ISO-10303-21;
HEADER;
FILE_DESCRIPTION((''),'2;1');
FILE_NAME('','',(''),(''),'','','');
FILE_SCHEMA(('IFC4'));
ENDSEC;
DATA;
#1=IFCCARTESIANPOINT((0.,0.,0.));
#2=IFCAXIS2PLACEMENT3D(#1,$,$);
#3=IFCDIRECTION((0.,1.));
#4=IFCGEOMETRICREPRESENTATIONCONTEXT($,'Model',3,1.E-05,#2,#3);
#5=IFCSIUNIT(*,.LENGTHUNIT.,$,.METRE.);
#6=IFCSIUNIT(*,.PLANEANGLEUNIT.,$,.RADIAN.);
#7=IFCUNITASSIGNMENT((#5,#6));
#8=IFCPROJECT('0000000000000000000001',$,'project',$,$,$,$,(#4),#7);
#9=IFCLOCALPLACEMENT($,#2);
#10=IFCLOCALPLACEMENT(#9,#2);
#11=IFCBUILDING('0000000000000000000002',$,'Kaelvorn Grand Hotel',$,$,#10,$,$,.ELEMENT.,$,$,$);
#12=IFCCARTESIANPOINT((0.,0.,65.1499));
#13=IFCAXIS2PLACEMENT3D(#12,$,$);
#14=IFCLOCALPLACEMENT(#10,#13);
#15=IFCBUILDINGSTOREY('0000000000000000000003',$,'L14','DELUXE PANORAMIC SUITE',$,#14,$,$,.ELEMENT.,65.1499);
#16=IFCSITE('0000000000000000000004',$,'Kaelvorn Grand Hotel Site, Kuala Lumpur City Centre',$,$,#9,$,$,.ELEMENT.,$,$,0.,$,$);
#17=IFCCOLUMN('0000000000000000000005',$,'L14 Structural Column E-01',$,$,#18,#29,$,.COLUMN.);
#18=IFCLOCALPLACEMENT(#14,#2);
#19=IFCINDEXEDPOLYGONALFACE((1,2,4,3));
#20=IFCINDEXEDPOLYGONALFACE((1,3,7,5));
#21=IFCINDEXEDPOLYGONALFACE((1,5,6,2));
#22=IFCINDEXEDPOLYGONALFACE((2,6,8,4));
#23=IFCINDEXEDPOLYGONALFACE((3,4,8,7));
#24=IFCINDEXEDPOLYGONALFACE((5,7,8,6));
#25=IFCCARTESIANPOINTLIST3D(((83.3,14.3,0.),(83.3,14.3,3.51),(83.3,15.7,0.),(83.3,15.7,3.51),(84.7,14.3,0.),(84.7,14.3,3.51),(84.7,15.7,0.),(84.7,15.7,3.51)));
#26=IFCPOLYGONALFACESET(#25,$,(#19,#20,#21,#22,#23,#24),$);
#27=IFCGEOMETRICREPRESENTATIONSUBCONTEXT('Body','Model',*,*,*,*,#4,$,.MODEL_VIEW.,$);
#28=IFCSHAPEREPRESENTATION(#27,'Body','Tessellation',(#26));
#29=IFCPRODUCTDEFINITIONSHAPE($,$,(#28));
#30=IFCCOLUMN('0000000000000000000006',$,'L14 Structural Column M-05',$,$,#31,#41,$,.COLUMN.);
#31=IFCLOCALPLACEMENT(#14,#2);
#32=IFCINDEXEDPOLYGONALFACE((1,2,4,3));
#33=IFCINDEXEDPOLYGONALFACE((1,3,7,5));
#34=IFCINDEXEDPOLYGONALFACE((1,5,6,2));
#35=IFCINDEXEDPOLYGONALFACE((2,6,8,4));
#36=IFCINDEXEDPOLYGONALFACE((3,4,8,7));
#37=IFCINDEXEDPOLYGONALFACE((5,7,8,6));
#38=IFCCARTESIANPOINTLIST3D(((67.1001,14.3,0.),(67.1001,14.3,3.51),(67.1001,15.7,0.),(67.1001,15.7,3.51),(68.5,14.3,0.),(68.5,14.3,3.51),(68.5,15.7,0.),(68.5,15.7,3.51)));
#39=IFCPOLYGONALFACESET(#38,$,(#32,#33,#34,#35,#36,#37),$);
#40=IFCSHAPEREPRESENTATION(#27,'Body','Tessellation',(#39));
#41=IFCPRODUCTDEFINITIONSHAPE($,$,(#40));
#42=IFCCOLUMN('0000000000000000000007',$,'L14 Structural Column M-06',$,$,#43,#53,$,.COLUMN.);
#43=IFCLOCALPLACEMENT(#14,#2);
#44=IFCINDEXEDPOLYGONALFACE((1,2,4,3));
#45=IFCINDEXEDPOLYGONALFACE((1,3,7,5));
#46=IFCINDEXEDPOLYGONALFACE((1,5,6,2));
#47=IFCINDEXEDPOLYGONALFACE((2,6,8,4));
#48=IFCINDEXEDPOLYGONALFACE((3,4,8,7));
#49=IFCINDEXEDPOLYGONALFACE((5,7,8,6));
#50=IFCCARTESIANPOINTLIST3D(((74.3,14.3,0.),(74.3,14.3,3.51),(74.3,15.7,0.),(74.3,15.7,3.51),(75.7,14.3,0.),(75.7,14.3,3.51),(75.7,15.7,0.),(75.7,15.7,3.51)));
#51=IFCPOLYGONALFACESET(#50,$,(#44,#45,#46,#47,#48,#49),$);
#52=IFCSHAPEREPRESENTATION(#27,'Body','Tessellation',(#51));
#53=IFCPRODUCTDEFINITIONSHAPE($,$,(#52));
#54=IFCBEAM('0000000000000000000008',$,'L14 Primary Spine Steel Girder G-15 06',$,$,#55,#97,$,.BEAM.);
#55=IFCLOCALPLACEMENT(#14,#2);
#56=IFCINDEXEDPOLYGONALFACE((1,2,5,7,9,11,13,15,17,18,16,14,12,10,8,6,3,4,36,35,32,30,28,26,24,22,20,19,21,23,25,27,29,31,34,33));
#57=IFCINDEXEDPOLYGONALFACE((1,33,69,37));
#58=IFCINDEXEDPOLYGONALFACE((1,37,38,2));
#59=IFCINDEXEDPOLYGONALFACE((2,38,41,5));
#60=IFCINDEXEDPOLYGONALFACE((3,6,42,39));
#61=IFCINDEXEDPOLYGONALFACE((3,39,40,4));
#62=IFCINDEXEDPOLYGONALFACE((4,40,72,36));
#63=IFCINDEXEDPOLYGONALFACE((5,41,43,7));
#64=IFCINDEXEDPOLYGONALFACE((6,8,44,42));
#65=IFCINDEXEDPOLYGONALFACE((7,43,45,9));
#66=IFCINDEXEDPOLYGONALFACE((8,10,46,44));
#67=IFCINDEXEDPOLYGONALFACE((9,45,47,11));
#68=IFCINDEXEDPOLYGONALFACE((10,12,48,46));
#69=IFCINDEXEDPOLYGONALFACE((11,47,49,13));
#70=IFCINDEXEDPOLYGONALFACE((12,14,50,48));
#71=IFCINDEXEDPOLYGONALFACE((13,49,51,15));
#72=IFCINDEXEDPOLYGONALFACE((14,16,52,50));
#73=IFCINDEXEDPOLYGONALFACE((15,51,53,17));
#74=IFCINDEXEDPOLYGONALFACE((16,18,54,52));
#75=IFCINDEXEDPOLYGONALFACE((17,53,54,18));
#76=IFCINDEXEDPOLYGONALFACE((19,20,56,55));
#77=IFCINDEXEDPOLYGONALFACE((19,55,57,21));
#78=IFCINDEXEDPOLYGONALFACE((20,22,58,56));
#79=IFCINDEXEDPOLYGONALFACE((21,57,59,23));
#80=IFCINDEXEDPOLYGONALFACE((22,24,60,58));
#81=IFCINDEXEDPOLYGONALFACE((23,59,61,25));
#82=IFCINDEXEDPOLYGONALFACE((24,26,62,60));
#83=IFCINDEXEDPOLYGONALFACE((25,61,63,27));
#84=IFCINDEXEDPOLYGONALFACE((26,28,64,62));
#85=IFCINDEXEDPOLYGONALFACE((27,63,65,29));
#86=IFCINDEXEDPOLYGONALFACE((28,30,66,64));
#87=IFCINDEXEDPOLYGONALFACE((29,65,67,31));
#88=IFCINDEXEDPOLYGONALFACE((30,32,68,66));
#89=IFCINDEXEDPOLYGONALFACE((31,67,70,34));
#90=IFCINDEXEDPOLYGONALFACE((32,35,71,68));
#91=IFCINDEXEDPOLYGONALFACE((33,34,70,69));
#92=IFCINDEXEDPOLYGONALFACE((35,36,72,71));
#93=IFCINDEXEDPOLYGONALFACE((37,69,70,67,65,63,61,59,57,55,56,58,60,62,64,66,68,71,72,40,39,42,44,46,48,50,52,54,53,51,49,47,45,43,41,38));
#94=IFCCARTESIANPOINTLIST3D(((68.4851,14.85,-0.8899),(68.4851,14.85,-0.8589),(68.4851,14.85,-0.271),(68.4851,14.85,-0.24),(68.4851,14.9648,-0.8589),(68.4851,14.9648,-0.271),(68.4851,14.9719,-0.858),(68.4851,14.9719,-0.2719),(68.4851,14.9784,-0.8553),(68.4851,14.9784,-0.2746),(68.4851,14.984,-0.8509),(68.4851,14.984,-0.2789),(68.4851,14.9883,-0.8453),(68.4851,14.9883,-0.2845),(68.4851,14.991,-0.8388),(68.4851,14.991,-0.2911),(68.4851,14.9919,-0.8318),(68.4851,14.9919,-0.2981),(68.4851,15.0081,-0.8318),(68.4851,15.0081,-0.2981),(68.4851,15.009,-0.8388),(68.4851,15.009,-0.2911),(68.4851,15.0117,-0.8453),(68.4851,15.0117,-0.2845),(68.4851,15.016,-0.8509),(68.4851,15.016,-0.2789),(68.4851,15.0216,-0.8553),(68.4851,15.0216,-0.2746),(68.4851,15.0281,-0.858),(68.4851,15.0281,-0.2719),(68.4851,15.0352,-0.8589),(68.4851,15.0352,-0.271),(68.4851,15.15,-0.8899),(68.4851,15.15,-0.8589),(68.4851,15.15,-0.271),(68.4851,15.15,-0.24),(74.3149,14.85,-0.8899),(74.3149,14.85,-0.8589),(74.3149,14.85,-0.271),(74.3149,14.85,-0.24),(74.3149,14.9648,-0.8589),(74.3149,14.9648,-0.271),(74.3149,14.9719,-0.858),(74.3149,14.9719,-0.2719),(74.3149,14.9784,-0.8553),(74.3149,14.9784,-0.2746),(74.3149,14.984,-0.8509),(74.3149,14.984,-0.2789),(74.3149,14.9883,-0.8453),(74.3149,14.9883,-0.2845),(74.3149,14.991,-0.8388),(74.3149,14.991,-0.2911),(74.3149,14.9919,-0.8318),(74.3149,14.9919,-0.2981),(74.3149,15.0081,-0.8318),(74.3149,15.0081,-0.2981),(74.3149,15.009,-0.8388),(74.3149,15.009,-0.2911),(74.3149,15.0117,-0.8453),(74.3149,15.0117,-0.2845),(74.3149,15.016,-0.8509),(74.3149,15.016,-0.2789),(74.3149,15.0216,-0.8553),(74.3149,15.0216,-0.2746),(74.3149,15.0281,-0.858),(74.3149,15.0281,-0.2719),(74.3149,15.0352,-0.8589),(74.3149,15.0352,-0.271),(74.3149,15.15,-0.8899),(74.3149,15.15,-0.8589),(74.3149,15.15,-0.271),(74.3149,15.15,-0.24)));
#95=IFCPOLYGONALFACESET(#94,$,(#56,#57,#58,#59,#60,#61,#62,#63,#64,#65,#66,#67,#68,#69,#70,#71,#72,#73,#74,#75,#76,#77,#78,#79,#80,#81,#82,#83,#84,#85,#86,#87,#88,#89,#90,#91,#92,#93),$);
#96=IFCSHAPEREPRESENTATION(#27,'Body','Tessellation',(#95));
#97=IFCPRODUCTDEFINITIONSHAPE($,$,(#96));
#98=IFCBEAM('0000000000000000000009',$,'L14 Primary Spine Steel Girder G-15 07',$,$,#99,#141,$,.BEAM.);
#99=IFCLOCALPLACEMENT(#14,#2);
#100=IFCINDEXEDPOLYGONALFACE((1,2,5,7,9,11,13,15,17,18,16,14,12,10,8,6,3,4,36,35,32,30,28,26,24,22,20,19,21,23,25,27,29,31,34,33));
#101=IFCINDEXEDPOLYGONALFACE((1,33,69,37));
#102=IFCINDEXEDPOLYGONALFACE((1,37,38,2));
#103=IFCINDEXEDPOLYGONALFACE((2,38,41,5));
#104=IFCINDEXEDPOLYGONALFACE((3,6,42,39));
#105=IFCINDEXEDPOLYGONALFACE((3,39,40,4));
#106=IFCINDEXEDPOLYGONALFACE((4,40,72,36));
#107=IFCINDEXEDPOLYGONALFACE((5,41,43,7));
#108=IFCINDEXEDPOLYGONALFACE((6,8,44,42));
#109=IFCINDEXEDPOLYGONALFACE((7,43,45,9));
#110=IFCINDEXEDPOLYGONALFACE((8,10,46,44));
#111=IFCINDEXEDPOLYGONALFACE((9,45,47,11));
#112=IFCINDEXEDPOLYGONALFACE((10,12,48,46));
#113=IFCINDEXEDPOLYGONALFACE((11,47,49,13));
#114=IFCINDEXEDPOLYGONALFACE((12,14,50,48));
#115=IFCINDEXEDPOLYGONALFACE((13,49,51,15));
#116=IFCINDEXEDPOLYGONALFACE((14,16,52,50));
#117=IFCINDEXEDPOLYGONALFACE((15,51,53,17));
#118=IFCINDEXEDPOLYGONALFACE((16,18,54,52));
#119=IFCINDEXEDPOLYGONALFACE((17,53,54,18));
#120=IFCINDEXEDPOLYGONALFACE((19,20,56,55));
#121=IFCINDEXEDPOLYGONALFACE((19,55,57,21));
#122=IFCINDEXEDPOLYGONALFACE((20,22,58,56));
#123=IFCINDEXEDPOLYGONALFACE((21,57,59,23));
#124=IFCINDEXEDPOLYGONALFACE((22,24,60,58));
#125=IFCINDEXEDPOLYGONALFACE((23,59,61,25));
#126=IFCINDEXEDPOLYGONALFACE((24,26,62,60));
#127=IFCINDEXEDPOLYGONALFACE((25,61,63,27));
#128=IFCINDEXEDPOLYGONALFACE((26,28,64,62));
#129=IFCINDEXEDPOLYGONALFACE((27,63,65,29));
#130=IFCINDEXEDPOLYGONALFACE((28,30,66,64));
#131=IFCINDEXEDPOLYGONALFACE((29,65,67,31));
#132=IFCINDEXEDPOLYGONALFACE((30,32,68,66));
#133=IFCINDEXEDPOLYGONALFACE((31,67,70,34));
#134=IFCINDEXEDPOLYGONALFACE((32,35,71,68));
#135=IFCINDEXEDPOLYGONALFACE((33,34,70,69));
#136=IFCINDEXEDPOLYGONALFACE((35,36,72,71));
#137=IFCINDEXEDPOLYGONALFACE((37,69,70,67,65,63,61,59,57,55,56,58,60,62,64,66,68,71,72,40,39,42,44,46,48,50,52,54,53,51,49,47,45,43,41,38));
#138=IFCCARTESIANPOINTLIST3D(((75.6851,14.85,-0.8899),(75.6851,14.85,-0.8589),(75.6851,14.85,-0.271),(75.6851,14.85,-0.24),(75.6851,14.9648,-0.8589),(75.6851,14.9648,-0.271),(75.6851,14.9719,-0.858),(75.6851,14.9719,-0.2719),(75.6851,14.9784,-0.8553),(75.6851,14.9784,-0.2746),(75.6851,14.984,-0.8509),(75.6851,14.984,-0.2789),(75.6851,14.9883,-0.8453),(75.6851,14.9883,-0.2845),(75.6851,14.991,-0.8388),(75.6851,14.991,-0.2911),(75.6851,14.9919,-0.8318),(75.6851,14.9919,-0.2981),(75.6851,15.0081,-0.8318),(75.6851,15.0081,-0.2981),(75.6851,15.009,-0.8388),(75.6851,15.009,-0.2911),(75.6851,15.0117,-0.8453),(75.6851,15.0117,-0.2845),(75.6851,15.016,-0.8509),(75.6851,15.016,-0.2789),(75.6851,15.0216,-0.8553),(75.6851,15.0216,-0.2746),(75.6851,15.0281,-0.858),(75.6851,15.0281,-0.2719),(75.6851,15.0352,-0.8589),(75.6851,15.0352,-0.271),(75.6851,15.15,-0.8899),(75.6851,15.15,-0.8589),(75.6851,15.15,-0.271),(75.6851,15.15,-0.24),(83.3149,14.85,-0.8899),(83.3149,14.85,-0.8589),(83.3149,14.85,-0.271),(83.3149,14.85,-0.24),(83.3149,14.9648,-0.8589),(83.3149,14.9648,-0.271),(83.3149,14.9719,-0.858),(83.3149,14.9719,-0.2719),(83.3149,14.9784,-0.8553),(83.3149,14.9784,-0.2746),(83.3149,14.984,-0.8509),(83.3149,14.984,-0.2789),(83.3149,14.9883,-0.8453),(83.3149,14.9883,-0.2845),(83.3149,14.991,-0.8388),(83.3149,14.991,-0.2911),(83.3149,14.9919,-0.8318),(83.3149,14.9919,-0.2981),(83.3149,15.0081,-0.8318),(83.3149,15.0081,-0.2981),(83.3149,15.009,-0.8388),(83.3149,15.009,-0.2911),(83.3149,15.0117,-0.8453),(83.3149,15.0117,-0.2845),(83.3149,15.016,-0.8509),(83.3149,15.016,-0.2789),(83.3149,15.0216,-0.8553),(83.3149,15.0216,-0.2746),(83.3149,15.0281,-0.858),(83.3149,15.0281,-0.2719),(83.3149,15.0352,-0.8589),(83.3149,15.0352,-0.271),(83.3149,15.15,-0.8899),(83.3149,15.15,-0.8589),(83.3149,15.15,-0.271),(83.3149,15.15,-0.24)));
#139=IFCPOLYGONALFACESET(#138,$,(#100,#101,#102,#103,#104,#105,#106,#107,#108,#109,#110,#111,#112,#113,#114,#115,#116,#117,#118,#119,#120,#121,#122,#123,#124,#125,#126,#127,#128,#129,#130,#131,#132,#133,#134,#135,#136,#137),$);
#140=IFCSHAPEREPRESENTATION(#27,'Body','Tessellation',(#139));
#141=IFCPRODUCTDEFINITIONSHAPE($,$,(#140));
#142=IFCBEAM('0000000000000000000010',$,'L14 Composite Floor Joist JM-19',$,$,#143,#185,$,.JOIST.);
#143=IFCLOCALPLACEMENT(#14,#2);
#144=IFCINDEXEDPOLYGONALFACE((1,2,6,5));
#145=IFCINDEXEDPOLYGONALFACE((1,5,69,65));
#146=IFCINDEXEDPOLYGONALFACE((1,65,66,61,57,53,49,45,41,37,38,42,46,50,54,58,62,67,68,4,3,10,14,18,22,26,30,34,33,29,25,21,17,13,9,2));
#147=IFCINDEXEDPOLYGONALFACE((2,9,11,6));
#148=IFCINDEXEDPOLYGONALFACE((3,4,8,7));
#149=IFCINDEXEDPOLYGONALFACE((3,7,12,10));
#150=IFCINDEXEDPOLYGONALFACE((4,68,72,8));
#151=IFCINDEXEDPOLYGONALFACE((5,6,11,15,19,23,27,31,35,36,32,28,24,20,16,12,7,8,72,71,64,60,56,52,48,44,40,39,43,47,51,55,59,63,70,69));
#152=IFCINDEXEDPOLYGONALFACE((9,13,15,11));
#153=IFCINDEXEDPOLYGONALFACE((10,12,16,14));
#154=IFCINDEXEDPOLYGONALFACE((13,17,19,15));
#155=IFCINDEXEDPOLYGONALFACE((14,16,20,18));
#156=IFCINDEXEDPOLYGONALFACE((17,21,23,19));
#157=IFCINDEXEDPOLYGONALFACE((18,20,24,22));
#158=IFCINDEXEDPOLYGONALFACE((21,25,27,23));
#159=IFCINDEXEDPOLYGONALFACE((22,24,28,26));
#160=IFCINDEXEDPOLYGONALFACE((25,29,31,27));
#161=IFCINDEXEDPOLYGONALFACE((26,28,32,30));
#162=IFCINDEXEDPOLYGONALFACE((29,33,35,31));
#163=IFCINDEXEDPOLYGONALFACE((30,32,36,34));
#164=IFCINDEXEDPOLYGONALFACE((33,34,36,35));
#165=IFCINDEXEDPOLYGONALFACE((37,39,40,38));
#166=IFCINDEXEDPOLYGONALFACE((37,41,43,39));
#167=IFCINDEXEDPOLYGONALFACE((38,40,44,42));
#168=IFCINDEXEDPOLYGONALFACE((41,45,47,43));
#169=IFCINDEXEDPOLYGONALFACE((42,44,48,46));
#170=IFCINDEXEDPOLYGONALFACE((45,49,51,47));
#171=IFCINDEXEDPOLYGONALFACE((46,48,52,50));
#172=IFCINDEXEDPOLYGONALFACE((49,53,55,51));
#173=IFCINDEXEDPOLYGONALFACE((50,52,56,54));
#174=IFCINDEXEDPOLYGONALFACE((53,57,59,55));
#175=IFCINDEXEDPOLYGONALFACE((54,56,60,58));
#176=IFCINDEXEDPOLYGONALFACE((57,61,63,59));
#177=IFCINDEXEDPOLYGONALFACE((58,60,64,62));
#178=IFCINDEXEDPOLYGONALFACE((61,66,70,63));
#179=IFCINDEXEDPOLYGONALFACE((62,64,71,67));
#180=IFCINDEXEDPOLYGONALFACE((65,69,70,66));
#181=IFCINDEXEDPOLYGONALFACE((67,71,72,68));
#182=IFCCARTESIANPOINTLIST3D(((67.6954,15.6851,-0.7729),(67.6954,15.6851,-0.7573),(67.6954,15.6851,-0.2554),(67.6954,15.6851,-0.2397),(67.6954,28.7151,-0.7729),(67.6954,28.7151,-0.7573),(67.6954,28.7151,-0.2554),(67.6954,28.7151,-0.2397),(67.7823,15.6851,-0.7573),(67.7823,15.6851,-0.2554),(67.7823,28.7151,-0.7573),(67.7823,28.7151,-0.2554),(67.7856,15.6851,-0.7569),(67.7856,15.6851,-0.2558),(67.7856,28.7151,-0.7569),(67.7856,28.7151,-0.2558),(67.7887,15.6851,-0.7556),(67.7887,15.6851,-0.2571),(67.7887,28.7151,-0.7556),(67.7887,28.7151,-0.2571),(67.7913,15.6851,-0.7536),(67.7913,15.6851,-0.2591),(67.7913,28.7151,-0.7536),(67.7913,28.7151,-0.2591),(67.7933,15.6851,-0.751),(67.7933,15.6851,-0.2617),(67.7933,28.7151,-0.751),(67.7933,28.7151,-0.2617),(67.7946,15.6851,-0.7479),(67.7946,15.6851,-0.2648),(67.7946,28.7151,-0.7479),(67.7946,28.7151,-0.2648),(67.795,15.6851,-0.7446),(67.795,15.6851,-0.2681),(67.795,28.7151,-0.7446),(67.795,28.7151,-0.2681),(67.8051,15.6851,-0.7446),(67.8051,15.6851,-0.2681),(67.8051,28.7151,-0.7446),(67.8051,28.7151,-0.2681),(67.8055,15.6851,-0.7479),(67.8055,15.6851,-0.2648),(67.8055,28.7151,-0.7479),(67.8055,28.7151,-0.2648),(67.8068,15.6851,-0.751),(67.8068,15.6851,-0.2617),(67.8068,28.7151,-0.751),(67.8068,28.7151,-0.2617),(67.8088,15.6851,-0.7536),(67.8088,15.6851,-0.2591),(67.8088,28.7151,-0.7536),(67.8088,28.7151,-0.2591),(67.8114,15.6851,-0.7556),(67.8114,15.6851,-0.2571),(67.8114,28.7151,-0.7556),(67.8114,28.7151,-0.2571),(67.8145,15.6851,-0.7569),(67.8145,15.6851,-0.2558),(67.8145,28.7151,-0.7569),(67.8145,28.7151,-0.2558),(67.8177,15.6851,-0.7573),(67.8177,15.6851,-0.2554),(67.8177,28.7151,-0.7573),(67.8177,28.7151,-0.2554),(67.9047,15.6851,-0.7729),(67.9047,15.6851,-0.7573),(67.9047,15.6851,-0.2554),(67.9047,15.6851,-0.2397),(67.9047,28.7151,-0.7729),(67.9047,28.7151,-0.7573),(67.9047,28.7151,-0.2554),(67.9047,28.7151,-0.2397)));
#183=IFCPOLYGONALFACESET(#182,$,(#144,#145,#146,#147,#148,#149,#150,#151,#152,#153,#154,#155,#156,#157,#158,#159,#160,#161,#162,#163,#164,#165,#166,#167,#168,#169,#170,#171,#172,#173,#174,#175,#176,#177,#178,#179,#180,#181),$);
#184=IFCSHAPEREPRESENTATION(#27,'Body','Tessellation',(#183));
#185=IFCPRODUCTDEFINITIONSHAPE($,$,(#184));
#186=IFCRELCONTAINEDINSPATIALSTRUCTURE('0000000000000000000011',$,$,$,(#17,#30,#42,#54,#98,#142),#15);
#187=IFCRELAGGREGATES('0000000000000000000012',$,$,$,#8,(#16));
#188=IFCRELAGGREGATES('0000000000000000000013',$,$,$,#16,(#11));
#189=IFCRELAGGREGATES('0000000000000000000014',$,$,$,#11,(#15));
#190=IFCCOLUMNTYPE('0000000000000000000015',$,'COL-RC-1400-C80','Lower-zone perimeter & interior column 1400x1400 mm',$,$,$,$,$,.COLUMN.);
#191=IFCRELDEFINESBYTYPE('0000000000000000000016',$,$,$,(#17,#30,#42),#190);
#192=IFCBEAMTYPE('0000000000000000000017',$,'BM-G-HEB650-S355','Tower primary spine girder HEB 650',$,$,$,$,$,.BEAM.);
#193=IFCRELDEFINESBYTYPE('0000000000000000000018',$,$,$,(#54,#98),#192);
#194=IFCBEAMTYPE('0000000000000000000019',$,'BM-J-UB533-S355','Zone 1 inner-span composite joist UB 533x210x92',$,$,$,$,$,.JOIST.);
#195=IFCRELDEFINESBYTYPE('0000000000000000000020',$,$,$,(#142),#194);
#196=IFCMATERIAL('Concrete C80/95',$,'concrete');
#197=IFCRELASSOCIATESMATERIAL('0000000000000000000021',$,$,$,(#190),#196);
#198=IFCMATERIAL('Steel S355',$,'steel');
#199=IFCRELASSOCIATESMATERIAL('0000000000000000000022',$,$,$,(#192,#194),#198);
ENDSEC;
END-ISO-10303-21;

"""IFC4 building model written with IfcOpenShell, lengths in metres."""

from ifc_helpers import new_model, si_unit, direction, frame, origin, origin_2d, place, context, subcontext, project, spatial, rectangle, i_section, extrude, material, material_profile, profile_set, type_object, element, save


model = new_model("IFC4")

# Units and contexts
model_context = context("Model", 3, precision=1e-05, world=origin(), true_north=direction((0.0, 1.0)))
body_context = subcontext(model_context, "Body", "Model", "MODEL_VIEW")
ifc_project = project(units=[si_unit("LENGTHUNIT", "METRE"), si_unit("PLANEANGLEUNIT", "RADIAN")], contexts=[model_context])

# Site, building, storey
site_placement = place(None, origin())
site = spatial("IfcSite", under=ifc_project, at=site_placement, Name="Kaelvorn Grand Hotel Site, Kuala Lumpur City Centre", CompositionType="ELEMENT", RefElevation=0.0)
building_placement = place(site_placement, origin())
building = spatial("IfcBuilding", under=site, at=building_placement, Name="Kaelvorn Grand Hotel", CompositionType="ELEMENT")
storey_placement = place(building_placement, frame((0.0, 0.0, 65.1499)))
storey = spatial("IfcBuildingStorey", under=building, at=storey_placement, Name="L14", Description="DELUXE PANORAMIC SUITE", CompositionType="ELEMENT", Elevation=65.1499)

# Columns
ifc_material_1 = material(Name="Concrete C80/95", Category="concrete")
ifc_material_profile_1 = material_profile(ifc_material_1, rectangle(XDim=1.3999, YDim=1.3999, at=origin_2d()), Name="RC COL 1400x1400")
ifc_profile_set_1 = profile_set([ifc_material_profile_1], Name="Concrete C80/95")
column_type = type_object("IfcColumnType", Name="COL-RC-1400-C80", Description="Lower-zone perimeter & interior column 1400x1400 mm", PredefinedType="COLUMN", material=ifc_profile_set_1)
for number, where, z_axis, x_axis, name in (
    (1, (84.0, 15.0, 0.0), (0.0, 0.0, 1.0), (1.0, 0.0, 0.0), "L14 Structural Column E-01"),
    (2, (67.8, 15.0, 0.0), (0.0, 0.0, 1.0), (1.0, 0.0, 0.0), "L14 Structural Column M-05"),
    (3, (75.0, 15.0, 0.0), (0.0, 0.0, 1.0), (1.0, 0.0, 0.0), "L14 Structural Column M-06"),
):
    element("IfcColumn", number, at=place(storey_placement, frame(where, z_axis=z_axis, x_axis=x_axis)), inside=storey, type_object=column_type, Name=name, PredefinedType="COLUMN", context=body_context, shape_type="SweptSolid", body=[
        extrude(rectangle(XDim=1.3999, YDim=1.3999, at=origin_2d()), origin(), (0.0, 0.0, 1.0), 3.51),
    ])

# Beams
ifc_material_2 = material(Name="Steel S355", Category="steel")
ifc_material_profile_2 = material_profile(ifc_material_2, i_section(OverallWidth=0.3, OverallDepth=0.6499, WebThickness=0.0161, FlangeThickness=0.031, FilletRadius=0.0271, at=origin_2d()), Name="HEB 650")
ifc_profile_set_2 = profile_set([ifc_material_profile_2], Name="Steel S355")
beam_type_1 = type_object("IfcBeamType", Name="BM-G-HEB650-S355", Description="Tower primary spine girder HEB 650", PredefinedType="BEAM", material=ifc_profile_set_2)
beam_1_placement = place(storey_placement, frame((68.4851, 15.0, -0.5649), z_axis=(1.0, 0.0, 0.0), x_axis=(0.0, 1.0, 0.0)))
element("IfcBeam", 4, at=beam_1_placement, inside=storey, type_object=beam_type_1, Name="L14 Primary Spine Steel Girder G-15 06", PredefinedType="BEAM", context=body_context, shape_type="SweptSolid", body=[
    extrude(i_section(OverallWidth=0.3, OverallDepth=0.6499, WebThickness=0.0161, FlangeThickness=0.031, FilletRadius=0.0271, at=origin_2d()), origin(), (0.0, 0.0, 1.0), 5.8298),
])
beam_2_placement = place(storey_placement, frame((75.6851, 15.0, -0.5649), z_axis=(1.0, 0.0, 0.0), x_axis=(0.0, 1.0, 0.0)))
element("IfcBeam", 5, at=beam_2_placement, inside=storey, type_object=beam_type_1, Name="L14 Primary Spine Steel Girder G-15 07", PredefinedType="BEAM", context=body_context, shape_type="SweptSolid", body=[
    extrude(i_section(OverallWidth=0.3, OverallDepth=0.6499, WebThickness=0.0161, FlangeThickness=0.031, FilletRadius=0.0271, at=origin_2d()), origin(), (0.0, 0.0, 1.0), 7.6299),
])
ifc_material_profile_3 = material_profile(ifc_material_2, i_section(OverallWidth=0.2092, OverallDepth=0.5332, WebThickness=0.01, FlangeThickness=0.0156, FilletRadius=0.0127, at=origin_2d()), Name="UB 533x210x92")
ifc_profile_set_3 = profile_set([ifc_material_profile_3], Name="Steel S355")
beam_type_2 = type_object("IfcBeamType", Name="BM-J-UB533-S355", Description="Zone 1 inner-span composite joist UB 533x210x92", PredefinedType="JOIST", material=ifc_profile_set_3)
beam_3_placement = place(storey_placement, frame((67.8, 15.6851, -0.5063), z_axis=(0.0, 1.0, 0.0), x_axis=(-1.0, 0.0, 0.0)))
element("IfcBeam", 6, at=beam_3_placement, inside=storey, type_object=beam_type_2, Name="L14 Composite Floor Joist JM-19", PredefinedType="JOIST", context=body_context, shape_type="SweptSolid", body=[
    extrude(i_section(OverallWidth=0.2092, OverallDepth=0.5332, WebThickness=0.01, FlangeThickness=0.0156, FilletRadius=0.0127, at=origin_2d()), origin(), (0.0, 0.0, 1.0), 13.03),
])

save(model, "model.ifc")
